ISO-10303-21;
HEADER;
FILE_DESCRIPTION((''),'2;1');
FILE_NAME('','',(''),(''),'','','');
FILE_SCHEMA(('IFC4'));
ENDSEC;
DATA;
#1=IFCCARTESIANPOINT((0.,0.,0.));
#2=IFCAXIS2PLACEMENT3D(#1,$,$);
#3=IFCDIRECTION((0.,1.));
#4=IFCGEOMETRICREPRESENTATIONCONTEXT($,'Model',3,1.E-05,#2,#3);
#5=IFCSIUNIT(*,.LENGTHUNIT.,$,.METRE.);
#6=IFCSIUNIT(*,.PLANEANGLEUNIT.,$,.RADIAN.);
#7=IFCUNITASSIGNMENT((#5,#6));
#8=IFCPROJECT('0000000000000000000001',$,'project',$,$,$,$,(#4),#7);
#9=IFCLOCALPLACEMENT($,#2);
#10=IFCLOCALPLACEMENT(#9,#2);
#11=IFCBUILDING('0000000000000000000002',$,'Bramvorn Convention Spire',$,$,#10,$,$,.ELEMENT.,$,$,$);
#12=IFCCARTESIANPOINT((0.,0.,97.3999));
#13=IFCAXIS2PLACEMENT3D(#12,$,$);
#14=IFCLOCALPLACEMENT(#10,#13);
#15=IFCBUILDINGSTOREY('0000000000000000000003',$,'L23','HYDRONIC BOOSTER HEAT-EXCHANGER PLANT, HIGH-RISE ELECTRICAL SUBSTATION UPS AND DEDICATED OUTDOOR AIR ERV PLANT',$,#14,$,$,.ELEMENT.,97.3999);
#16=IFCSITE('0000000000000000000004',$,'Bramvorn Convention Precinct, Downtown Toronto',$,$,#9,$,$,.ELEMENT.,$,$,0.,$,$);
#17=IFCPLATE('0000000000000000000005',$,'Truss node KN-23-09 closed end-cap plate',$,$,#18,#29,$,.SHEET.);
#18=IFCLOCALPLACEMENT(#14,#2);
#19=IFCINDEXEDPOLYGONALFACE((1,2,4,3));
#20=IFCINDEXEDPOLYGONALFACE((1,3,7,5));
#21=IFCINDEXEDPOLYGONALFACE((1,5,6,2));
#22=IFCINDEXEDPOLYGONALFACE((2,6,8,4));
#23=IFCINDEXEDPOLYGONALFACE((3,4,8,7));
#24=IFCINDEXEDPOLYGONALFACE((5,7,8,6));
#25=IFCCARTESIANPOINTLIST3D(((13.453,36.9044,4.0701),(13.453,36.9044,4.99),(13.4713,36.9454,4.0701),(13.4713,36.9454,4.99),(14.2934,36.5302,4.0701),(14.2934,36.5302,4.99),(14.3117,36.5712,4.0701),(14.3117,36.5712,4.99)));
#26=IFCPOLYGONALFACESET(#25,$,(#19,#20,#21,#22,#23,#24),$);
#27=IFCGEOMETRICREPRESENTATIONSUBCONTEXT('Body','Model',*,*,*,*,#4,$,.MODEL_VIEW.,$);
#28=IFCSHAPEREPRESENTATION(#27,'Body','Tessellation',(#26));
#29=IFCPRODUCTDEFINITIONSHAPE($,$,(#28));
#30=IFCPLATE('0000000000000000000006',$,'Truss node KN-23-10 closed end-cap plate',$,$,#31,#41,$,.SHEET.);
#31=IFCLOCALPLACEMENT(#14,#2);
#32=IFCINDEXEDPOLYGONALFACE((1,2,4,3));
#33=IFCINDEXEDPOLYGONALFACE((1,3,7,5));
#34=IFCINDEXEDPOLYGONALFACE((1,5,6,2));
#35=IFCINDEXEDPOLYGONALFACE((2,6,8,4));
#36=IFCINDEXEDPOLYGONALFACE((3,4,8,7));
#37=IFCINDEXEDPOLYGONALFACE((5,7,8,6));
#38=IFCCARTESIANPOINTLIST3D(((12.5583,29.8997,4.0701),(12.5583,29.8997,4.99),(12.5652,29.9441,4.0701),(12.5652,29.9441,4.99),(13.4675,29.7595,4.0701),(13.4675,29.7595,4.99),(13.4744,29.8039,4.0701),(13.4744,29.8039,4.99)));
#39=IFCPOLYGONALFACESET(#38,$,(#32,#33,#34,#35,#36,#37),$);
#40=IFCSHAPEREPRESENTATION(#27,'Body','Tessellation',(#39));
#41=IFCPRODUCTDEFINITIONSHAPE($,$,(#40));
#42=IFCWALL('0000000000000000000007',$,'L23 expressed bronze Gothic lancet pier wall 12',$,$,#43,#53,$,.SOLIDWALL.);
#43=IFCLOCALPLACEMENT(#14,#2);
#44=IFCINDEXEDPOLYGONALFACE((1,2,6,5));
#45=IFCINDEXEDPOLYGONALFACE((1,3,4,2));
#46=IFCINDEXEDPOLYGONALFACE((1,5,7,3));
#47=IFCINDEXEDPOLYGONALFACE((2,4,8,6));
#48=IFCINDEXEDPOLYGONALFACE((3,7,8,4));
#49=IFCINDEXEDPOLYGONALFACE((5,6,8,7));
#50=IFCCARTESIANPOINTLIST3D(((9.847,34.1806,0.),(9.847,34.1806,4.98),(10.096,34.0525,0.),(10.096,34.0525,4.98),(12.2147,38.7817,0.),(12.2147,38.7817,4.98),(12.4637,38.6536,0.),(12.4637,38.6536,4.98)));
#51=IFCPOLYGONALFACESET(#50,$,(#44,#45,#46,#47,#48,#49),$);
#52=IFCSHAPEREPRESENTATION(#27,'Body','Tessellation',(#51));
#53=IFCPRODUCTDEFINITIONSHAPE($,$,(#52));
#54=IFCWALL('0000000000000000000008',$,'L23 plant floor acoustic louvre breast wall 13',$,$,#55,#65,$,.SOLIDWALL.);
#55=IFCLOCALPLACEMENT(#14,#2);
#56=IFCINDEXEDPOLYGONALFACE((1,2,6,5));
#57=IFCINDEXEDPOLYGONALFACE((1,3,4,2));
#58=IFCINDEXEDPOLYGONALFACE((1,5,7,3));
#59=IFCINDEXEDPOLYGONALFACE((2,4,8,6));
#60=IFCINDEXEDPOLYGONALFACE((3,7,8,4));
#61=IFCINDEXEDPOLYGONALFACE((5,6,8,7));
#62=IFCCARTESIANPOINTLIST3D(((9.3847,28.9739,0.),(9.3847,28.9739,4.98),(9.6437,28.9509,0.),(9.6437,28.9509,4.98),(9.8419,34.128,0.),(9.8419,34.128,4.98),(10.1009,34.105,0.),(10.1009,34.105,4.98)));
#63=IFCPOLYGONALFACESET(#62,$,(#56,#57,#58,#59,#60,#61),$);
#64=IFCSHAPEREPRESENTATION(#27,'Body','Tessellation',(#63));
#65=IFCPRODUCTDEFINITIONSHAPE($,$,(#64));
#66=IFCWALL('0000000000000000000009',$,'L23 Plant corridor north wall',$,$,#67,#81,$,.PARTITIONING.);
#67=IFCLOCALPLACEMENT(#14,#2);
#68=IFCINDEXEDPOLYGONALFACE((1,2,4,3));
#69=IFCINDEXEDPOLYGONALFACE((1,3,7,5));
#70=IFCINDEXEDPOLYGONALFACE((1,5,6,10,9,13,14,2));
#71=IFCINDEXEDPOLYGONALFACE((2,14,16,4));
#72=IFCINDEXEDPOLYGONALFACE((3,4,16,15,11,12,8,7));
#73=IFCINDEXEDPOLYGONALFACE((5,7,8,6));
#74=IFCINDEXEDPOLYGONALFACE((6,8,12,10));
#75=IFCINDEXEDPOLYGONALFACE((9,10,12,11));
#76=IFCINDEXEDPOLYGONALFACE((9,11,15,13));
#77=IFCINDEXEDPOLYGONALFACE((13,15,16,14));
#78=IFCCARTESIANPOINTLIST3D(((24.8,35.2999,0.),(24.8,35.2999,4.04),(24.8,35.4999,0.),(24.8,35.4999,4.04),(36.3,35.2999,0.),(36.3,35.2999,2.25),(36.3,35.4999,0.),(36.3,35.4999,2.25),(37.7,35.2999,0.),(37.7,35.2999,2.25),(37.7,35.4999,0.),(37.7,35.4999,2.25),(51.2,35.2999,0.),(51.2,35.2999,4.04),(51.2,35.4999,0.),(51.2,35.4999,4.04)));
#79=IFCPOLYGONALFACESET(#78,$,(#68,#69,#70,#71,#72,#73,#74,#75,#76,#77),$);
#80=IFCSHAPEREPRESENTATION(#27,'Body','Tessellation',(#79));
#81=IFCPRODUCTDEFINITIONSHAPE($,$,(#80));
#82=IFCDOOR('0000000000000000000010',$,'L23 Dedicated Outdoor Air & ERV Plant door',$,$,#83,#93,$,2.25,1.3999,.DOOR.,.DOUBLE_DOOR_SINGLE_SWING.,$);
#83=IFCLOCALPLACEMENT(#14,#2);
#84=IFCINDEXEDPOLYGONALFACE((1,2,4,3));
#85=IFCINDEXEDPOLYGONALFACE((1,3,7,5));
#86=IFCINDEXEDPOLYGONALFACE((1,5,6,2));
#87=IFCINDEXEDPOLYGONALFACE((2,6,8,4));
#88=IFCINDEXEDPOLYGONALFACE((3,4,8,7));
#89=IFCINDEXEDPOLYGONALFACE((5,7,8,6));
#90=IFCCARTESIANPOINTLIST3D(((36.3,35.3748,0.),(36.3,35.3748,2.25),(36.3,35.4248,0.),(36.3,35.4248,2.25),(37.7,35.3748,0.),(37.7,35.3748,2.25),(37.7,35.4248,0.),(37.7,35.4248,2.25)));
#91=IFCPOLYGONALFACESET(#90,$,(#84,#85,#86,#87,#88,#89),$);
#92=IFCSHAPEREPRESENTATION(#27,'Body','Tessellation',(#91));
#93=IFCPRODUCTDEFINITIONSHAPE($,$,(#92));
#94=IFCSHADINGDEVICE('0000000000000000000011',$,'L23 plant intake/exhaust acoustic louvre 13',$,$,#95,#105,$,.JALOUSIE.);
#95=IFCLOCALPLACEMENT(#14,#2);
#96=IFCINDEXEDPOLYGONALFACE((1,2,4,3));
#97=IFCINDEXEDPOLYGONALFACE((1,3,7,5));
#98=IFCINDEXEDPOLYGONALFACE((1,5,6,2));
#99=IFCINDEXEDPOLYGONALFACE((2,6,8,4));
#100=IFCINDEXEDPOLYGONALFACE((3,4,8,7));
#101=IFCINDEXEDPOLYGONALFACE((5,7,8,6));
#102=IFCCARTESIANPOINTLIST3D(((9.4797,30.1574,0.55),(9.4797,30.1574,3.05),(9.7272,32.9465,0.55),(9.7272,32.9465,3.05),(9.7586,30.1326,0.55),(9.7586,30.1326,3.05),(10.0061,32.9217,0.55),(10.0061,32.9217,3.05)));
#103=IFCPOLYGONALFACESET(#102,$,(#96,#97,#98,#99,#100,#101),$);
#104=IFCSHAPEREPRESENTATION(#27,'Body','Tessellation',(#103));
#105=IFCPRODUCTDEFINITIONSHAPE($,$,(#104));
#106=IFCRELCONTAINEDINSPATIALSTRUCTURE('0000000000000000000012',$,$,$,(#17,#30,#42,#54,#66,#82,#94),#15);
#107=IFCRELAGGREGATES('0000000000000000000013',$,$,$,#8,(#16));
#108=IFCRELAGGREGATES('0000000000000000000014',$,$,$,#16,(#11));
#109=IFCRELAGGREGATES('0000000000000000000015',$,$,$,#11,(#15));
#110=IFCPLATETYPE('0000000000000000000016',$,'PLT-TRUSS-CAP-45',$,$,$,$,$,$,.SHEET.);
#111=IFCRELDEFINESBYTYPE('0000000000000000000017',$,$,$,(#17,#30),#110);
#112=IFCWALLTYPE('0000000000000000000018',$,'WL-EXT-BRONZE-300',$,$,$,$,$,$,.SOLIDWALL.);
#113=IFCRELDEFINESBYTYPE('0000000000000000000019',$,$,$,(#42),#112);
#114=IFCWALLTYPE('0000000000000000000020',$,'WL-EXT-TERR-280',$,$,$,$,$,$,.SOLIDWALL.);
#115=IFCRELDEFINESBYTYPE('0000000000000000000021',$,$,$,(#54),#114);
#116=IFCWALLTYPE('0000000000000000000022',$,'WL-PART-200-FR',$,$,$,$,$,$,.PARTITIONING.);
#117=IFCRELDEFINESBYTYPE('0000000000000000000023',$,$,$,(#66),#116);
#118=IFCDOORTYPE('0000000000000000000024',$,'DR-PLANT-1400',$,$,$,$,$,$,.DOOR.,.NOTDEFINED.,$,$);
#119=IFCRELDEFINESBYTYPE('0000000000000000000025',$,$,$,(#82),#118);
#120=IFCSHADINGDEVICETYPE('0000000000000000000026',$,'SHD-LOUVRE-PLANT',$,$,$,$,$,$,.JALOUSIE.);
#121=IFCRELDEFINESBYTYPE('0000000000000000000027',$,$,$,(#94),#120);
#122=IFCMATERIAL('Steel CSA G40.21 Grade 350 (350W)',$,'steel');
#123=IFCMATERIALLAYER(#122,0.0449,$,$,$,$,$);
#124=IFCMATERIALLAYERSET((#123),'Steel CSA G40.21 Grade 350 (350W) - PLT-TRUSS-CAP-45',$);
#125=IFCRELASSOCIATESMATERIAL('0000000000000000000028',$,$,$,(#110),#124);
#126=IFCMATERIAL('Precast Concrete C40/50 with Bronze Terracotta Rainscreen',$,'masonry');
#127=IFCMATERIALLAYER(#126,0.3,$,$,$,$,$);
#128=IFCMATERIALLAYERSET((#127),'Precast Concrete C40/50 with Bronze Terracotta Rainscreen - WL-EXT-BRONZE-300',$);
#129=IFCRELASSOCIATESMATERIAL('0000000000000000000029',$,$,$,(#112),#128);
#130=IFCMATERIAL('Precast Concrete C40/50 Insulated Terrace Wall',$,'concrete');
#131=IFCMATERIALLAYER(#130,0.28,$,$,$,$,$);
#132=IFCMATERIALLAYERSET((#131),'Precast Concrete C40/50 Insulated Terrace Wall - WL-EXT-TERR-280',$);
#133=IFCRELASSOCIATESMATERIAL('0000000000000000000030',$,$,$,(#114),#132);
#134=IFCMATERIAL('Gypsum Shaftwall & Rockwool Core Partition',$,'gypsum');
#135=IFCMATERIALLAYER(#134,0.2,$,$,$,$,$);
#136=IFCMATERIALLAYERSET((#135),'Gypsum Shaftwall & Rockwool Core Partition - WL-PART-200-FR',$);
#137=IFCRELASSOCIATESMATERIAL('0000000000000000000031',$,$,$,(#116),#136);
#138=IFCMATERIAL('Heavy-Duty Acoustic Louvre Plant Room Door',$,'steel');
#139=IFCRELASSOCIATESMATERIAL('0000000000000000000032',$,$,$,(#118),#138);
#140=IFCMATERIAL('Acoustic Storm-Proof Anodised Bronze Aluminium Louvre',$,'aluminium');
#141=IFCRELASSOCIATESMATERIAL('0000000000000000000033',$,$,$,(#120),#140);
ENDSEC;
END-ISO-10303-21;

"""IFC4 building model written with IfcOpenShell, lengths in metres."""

from ifc_helpers import new_model, si_unit, direction, frame, frame_2d, origin, origin_2d, place, context, subcontext, project, spatial, rectangle, extrude, material, layer, layer_set, type_object, element, fill, save


model = new_model("IFC4")

# Units and contexts
model_context = context("Model", 3, precision=1e-05, world=origin(), true_north=direction((0.0, 1.0)))
body_context = subcontext(model_context, "Body", "Model", "MODEL_VIEW")
ifc_project = project(units=[si_unit("LENGTHUNIT", "METRE"), si_unit("PLANEANGLEUNIT", "RADIAN")], contexts=[model_context])

# Site, building, storey
site_placement = place(None, origin())
site = spatial("IfcSite", under=ifc_project, at=site_placement, Name="Bramvorn Convention Precinct, Downtown Toronto", CompositionType="ELEMENT", RefElevation=0.0)
building_placement = place(site_placement, origin())
building = spatial("IfcBuilding", under=site, at=building_placement, Name="Bramvorn Convention Spire", CompositionType="ELEMENT")
storey_placement = place(building_placement, frame((0.0, 0.0, 97.3999)))
storey = spatial("IfcBuildingStorey", under=building, at=storey_placement, Name="L23", Description="HYDRONIC BOOSTER HEAT-EXCHANGER PLANT, HIGH-RISE ELECTRICAL SUBSTATION UPS AND DEDICATED OUTDOOR AIR ERV PLANT", CompositionType="ELEMENT", Elevation=97.3999)

# Shared definitions
ifc_material_1 = material(Name="Steel CSA G40.21 Grade 350 (350W)", Category="steel")

# Plates
ifc_layer_1 = layer(ifc_material_1, 0.0449)
ifc_layer_set_1 = layer_set([ifc_layer_1], Name="Steel CSA G40.21 Grade 350 (350W) - PLT-TRUSS-CAP-45")
plate_type_1 = type_object("IfcPlateType", Name="PLT-TRUSS-CAP-45", PredefinedType="SHEET", material=ifc_layer_set_1)
for number, where, z_axis, x_axis, name in (
    (1, (13.8823, 36.7378, 4.0701), (0.0, 0.0, 1.0), (-0.913546, 0.406735, 0.0), "Truss node KN-23-09 closed end-cap plate"),
    (2, (13.0164, 29.8518, 4.0701), (0.0, 0.0, 1.0), (-0.988324, 0.152368, 0.0), "Truss node KN-23-10 closed end-cap plate"),
):
    element("IfcPlate", number, at=place(storey_placement, frame(where, z_axis=z_axis, x_axis=x_axis)), inside=storey, type_object=plate_type_1, Name=name, PredefinedType="SHEET", context=body_context, shape_type="SweptSolid", body=[
        extrude(rectangle(XDim=0.9199, YDim=0.0449, at=origin_2d()), origin(), (0.0, 0.0, 1.0), 0.9199),
    ])

# Walls
ifc_material_2 = material(Name="Precast Concrete C40/50 with Bronze Terracotta Rainscreen", Category="masonry")
ifc_layer_2 = layer(ifc_material_2, 0.3)
ifc_layer_set_2 = layer_set([ifc_layer_2], Name="Precast Concrete C40/50 with Bronze Terracotta Rainscreen - WL-EXT-BRONZE-300")
wall_type_1 = type_object("IfcWallType", Name="WL-EXT-BRONZE-300", PredefinedType="SOLIDWALL", material=ifc_layer_set_2)
wall_1_placement = place(storey_placement, frame((9.9714, 34.1165, 0.0), z_axis=(0.0, 0.0, 1.0), x_axis=(0.457563, 0.889177, 0.0)))
element("IfcWall", 3, at=wall_1_placement, inside=storey, type_object=wall_type_1, Name="L23 expressed bronze Gothic lancet pier wall 12", PredefinedType="SOLIDWALL", context=body_context, shape_type="SweptSolid", body=[
    extrude(rectangle(XDim=5.1746, YDim=0.28, at=frame_2d((2.5874, 0.0))), origin(), (0.0, 0.0, 1.0), 4.98),
])
ifc_material_3 = material(Name="Precast Concrete C40/50 Insulated Terrace Wall", Category="concrete")
ifc_layer_3 = layer(ifc_material_3, 0.28)
ifc_layer_set_3 = layer_set([ifc_layer_3], Name="Precast Concrete C40/50 Insulated Terrace Wall - WL-EXT-TERR-280")
wall_type_2 = type_object("IfcWallType", Name="WL-EXT-TERR-280", PredefinedType="SOLIDWALL", material=ifc_layer_set_3)
wall_2_placement = place(storey_placement, frame((9.5142, 28.9624, 0.0), z_axis=(0.0, 0.0, 1.0), x_axis=(0.088374, 0.996087, 0.0)))
element("IfcWall", 4, at=wall_2_placement, inside=storey, type_object=wall_type_2, Name="L23 plant floor acoustic louvre breast wall 13", PredefinedType="SOLIDWALL", context=body_context, shape_type="SweptSolid", body=[
    extrude(rectangle(XDim=5.1743, YDim=0.26, at=frame_2d((2.5872, 0.0))), origin(), (0.0, 0.0, 1.0), 4.98),
])

# Wall, opening, door
ifc_material_4 = material(Name="Gypsum Shaftwall & Rockwool Core Partition", Category="gypsum")
ifc_layer_4 = layer(ifc_material_4, 0.2)
ifc_layer_set_4 = layer_set([ifc_layer_4], Name="Gypsum Shaftwall & Rockwool Core Partition - WL-PART-200-FR")
wall_type_3 = type_object("IfcWallType", Name="WL-PART-200-FR", PredefinedType="PARTITIONING", material=ifc_layer_set_4)
wall_3_placement = place(storey_placement, frame((24.8, 35.3999, 0.0), z_axis=(0.0, 0.0, 1.0), x_axis=(1.0, 0.0, 0.0)))
wall_3 = element("IfcWall", 5, at=wall_3_placement, inside=storey, type_object=wall_type_3, Name="L23 Plant corridor north wall", PredefinedType="PARTITIONING", context=body_context, shape_type="SweptSolid", body=[
    extrude(rectangle(XDim=26.3999, YDim=0.2, at=frame_2d((13.2, 0.0))), origin(), (0.0, 0.0, 1.0), 4.04),
])
opening_placement = place(wall_3_placement, frame((11.5, 0.0, 0.0)))
opening = element("IfcOpeningElement", 6, at=opening_placement, cuts=wall_3, PredefinedType="OPENING", context=body_context, shape_type="SweptSolid", body=[
    extrude(rectangle(XDim=1.3999, YDim=2.25, at=frame_2d((0.7, 1.125))), frame((0.0, 0.1099, 0.0), z_axis=(0.0, -1.0, 0.0), x_axis=(1.0, 0.0, 0.0)), (0.0, 0.0, 1.0), 0.22),
])
ifc_material_5 = material(Name="Heavy-Duty Acoustic Louvre Plant Room Door", Category="steel")
door_type = type_object("IfcDoorType", Name="DR-PLANT-1400", OperationType="NOTDEFINED", PredefinedType="DOOR", material=ifc_material_5)
door_placement = place(opening_placement, origin())
door = element("IfcDoor", 7, at=door_placement, inside=storey, type_object=door_type, Name="L23 Dedicated Outdoor Air & ERV Plant door", OperationType="DOUBLE_DOOR_SINGLE_SWING", OverallHeight=2.25, OverallWidth=1.3999, PredefinedType="DOOR", context=body_context, shape_type="SweptSolid", body=[
    extrude(rectangle(XDim=1.3999, YDim=2.25, at=frame_2d((0.7, 1.125))), frame((0.0, 0.0249, 0.0), z_axis=(0.0, -1.0, 0.0), x_axis=(1.0, 0.0, 0.0)), (0.0, 0.0, 1.0), 0.05),
])
fill(opening, door)

# Shading device
ifc_material_6 = material(Name="Acoustic Storm-Proof Anodised Bronze Aluminium Louvre", Category="aluminium")
shading_device_type = type_object("IfcShadingDeviceType", Name="SHD-LOUVRE-PLANT", PredefinedType="JALOUSIE", material=ifc_material_6)
shading_device_placement = place(storey_placement, frame((9.7429, 31.5396, 0.55), z_axis=(0.0, 0.0, 1.0), x_axis=(0.088397, 0.996085, 0.0)))
element("IfcShadingDevice", 8, at=shading_device_placement, inside=storey, type_object=shading_device_type, Name="L23 plant intake/exhaust acoustic louvre 13", PredefinedType="JALOUSIE", context=body_context, shape_type="SweptSolid", body=[
    extrude(rectangle(XDim=2.8, YDim=0.28, at=origin_2d()), origin(), (0.0, 0.0, 1.0), 2.5),
])

save(model, "model.ifc")
